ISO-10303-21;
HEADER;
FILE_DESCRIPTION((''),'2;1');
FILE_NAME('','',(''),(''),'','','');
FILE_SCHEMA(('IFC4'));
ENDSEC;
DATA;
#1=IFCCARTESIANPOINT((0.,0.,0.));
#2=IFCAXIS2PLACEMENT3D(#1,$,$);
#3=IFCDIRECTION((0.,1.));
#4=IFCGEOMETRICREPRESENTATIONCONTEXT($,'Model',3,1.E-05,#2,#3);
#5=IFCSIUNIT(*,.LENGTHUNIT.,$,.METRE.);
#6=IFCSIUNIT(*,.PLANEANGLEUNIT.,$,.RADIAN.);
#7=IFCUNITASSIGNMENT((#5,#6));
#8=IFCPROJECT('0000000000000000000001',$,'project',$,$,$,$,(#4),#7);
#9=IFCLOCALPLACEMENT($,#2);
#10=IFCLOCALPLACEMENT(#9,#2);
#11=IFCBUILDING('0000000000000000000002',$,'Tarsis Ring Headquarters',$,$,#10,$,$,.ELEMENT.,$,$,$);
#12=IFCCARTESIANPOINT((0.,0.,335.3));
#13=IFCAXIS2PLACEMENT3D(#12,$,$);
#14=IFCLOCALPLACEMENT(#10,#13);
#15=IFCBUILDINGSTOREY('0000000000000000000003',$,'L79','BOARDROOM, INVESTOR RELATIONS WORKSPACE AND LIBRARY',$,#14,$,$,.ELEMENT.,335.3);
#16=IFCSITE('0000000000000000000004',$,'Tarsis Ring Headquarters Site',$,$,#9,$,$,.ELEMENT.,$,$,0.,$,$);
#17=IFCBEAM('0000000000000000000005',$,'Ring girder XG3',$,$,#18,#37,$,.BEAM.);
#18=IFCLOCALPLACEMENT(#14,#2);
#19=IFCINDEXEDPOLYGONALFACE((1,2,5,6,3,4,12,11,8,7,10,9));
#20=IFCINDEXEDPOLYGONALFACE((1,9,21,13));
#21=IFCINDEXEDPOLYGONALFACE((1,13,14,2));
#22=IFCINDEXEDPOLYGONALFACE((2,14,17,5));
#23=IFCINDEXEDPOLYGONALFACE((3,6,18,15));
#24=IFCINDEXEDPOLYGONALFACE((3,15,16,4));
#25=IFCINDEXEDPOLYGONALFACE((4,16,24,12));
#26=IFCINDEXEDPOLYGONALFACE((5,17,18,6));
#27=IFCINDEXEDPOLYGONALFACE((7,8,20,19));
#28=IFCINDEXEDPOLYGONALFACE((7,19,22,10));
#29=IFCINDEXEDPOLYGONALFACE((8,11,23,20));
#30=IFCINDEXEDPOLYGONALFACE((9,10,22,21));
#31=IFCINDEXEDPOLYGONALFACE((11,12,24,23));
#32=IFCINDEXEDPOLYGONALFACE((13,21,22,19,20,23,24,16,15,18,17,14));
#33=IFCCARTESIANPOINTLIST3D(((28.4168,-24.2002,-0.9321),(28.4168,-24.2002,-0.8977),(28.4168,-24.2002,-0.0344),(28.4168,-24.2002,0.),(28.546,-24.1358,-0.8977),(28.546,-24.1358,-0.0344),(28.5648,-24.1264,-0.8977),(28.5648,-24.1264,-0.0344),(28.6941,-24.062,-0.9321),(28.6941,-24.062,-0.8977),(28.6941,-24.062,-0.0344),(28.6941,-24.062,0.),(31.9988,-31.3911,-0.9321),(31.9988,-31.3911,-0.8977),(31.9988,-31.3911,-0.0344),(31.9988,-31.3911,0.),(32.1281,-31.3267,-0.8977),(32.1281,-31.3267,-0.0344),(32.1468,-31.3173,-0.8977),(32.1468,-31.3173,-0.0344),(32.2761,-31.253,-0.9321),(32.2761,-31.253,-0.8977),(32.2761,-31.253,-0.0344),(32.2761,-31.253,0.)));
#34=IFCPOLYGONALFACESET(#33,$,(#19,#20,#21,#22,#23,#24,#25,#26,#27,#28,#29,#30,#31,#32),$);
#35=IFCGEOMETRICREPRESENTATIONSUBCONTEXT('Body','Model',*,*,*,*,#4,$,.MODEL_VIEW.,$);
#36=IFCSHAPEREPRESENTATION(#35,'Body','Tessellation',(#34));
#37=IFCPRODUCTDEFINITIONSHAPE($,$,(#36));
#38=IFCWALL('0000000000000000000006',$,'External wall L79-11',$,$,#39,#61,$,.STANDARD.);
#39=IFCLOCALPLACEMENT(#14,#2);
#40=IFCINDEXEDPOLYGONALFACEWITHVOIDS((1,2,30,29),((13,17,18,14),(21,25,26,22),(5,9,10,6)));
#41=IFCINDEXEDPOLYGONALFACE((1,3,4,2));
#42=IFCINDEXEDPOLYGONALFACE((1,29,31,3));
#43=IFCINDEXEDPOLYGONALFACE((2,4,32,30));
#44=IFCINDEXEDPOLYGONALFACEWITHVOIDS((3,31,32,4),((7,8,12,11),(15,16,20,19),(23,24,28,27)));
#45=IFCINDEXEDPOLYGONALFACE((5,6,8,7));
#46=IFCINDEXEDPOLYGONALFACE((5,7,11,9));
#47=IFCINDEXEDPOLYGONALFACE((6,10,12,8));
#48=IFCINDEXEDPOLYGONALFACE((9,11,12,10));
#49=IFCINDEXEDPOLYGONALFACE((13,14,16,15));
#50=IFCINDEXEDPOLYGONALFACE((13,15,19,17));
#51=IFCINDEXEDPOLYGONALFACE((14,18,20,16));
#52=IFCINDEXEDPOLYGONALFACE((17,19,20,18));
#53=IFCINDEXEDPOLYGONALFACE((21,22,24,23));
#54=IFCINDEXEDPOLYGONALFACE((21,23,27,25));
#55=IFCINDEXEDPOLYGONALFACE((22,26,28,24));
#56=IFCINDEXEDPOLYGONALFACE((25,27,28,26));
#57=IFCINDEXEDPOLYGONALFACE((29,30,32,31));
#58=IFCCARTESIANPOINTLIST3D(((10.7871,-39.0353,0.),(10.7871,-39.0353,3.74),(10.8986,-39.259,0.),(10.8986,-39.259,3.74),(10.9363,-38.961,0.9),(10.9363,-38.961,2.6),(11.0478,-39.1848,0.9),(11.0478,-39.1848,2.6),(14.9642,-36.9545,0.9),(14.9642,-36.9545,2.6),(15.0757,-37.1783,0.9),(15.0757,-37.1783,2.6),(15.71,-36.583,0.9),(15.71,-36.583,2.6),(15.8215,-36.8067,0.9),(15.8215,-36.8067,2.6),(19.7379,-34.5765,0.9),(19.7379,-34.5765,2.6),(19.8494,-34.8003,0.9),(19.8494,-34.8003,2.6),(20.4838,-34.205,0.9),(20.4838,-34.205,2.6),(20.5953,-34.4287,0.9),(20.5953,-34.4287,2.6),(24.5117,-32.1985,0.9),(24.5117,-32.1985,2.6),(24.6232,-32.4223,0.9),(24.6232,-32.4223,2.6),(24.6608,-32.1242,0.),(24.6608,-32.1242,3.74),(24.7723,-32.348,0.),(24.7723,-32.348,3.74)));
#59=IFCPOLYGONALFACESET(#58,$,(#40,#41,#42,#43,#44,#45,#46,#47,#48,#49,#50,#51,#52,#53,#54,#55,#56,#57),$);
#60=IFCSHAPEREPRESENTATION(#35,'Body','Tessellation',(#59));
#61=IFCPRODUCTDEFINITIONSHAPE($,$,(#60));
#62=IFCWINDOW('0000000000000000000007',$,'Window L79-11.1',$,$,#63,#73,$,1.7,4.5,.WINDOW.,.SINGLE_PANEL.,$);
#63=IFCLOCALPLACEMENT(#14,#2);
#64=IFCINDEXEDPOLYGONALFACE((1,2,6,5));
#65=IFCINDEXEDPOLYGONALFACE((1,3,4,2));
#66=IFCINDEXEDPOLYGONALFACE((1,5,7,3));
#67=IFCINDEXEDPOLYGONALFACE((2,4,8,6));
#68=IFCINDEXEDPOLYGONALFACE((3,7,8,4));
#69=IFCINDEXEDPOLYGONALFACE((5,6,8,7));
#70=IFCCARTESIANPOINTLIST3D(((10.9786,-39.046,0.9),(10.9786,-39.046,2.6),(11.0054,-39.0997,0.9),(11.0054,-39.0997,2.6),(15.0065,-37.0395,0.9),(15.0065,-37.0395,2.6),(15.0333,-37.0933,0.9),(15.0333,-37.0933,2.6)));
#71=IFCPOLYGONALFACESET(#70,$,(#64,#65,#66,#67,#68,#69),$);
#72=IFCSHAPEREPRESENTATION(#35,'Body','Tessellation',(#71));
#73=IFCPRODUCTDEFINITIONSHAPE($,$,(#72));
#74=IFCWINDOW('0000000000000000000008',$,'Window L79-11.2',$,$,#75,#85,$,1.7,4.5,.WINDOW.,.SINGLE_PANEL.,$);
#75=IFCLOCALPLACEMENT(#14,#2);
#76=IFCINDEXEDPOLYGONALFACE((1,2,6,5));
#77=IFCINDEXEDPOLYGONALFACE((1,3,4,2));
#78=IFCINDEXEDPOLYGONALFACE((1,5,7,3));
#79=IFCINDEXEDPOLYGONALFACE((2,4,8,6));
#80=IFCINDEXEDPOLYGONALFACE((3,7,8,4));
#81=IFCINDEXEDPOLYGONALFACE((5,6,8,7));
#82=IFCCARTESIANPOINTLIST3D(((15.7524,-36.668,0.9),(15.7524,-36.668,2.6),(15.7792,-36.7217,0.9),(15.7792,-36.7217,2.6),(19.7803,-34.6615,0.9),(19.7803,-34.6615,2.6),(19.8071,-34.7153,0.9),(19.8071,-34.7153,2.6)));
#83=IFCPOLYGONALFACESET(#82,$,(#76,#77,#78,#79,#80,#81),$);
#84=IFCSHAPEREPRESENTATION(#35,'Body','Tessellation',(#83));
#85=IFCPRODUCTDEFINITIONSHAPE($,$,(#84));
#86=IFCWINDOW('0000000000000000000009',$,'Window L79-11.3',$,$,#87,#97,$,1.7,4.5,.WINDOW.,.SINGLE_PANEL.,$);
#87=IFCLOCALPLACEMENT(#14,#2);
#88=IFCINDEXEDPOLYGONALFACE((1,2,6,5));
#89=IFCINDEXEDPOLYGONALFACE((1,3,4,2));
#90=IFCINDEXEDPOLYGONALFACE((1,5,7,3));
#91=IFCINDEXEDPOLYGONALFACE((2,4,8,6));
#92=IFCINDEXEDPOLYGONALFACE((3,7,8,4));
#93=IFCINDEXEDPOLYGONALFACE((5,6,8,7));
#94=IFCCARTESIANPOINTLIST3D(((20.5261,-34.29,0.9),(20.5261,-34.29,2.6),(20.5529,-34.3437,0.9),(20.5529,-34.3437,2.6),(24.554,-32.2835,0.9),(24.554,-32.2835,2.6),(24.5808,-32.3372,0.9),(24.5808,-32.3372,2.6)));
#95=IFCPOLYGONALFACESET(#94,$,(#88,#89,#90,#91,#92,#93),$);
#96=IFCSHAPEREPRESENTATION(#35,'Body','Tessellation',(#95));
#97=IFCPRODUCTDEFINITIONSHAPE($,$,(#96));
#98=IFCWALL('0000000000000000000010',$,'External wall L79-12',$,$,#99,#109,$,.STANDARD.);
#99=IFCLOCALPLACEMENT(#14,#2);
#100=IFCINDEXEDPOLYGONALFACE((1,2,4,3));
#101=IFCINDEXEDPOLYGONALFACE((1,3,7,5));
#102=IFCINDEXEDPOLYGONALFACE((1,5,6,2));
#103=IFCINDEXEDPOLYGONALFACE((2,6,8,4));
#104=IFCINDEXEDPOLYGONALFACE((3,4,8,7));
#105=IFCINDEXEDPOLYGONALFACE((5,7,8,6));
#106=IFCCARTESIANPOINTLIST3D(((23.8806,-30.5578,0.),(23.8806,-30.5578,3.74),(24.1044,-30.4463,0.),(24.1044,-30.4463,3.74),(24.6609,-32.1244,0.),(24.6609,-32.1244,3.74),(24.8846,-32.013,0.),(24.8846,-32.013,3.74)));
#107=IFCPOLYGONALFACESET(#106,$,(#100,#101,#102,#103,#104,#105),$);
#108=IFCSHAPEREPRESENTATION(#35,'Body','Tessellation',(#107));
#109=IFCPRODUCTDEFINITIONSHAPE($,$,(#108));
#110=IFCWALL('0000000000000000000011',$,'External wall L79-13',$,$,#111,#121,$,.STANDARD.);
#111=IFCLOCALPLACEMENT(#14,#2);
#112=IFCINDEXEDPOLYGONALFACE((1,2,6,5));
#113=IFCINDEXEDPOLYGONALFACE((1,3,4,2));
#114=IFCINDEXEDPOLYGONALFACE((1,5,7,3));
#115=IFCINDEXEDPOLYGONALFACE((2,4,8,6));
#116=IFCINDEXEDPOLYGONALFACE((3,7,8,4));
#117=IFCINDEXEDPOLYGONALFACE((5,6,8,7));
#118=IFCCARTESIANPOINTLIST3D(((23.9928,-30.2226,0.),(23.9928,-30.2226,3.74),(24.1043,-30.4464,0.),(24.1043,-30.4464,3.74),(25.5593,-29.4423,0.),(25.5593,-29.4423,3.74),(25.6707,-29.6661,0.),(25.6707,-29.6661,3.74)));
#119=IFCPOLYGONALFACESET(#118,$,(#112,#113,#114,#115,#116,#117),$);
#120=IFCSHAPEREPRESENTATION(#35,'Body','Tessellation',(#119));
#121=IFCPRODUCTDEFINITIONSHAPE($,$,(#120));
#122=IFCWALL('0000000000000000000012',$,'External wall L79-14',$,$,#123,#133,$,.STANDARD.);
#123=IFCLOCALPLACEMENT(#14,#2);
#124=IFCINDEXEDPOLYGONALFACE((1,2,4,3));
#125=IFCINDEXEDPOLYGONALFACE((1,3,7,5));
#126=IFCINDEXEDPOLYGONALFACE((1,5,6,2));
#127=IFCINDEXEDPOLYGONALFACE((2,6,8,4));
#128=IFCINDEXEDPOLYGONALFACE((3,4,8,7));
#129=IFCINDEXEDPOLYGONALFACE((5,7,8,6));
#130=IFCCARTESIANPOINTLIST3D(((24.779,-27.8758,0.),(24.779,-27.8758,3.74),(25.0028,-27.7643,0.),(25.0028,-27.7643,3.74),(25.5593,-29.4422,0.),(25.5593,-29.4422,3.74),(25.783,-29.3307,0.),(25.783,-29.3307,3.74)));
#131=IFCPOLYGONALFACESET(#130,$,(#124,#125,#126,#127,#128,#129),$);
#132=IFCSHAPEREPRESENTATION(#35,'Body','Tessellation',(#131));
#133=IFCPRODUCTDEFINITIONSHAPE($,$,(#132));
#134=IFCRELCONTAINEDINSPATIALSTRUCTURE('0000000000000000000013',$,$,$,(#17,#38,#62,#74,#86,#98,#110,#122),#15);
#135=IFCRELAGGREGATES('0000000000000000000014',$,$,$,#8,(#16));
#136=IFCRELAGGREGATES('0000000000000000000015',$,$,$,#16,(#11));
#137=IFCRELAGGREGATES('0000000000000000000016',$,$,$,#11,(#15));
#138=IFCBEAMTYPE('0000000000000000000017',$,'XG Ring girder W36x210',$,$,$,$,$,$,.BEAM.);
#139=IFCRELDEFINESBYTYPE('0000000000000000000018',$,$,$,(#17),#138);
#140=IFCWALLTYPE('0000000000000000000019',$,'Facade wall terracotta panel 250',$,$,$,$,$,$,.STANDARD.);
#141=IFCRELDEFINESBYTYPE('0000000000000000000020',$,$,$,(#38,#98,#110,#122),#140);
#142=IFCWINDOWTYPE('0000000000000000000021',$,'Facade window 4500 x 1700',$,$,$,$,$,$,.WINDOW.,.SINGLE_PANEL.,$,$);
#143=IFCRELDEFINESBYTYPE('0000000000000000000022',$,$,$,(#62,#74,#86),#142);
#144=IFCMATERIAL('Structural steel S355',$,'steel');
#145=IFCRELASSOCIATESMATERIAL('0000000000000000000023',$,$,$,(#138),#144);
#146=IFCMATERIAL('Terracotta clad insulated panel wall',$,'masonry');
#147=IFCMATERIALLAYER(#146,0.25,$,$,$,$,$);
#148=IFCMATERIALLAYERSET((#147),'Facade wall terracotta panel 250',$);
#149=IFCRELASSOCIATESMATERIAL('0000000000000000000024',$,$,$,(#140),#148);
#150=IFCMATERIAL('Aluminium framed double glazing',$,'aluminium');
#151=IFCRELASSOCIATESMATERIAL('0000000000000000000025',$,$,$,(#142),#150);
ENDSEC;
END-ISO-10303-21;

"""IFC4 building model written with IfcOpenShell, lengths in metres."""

from ifc_helpers import new_model, si_unit, direction, frame, frame_2d, origin, origin_2d, place, context, subcontext, project, spatial, rectangle, i_section, extrude, material, layer, layer_set, material_profile, profile_set, type_object, element, fill, save


model = new_model("IFC4")

# Units and contexts
model_context = context("Model", 3, precision=1e-05, world=origin(), true_north=direction((0.0, 1.0)))
body_context = subcontext(model_context, "Body", "Model", "MODEL_VIEW")
ifc_project = project(units=[si_unit("LENGTHUNIT", "METRE"), si_unit("PLANEANGLEUNIT", "RADIAN")], contexts=[model_context])

# Site, building, storey
site_placement = place(None, origin())
site = spatial("IfcSite", under=ifc_project, at=site_placement, Name="Tarsis Ring Headquarters Site", CompositionType="ELEMENT", RefElevation=0.0)
building_placement = place(site_placement, origin())
building = spatial("IfcBuilding", under=site, at=building_placement, Name="Tarsis Ring Headquarters", CompositionType="ELEMENT")
storey_placement = place(building_placement, frame((0.0, 0.0, 335.3)))
storey = spatial("IfcBuildingStorey", under=building, at=storey_placement, Name="L79", Description="BOARDROOM, INVESTOR RELATIONS WORKSPACE AND LIBRARY", CompositionType="ELEMENT", Elevation=335.3)

# Shared definitions
ifc_material_1 = material(Name="Structural steel S355", Category="steel")

# Beam
ifc_material_profile_1 = material_profile(ifc_material_1, i_section(OverallWidth=0.3098, OverallDepth=0.9321, WebThickness=0.021, FlangeThickness=0.0344, at=origin_2d()), Name="W36x210")
ifc_profile_set_1 = profile_set([ifc_material_profile_1], Name="Structural steel S355")
beam_type = type_object("IfcBeamType", Name="XG Ring girder W36x210", PredefinedType="BEAM", material=ifc_profile_set_1)
beam_1_placement = place(storey_placement, frame((32.1375, -31.322, -0.4661), z_axis=(-0.445876, 0.895095, 0.0), x_axis=(-0.895095, -0.445876, 0.0)))
element("IfcBeam", 1, at=beam_1_placement, inside=storey, type_object=beam_type, Name="Ring girder XG3", PredefinedType="BEAM", context=body_context, shape_type="SweptSolid", body=[
    extrude(i_section(OverallWidth=0.3098, OverallDepth=0.9321, WebThickness=0.021, FlangeThickness=0.0344, at=origin_2d()), origin(), (0.0, 0.0, 1.0), 8.0337),
])

# Wall, openings, windows
ifc_material_2 = material(Name="Terracotta clad insulated panel wall", Category="masonry")
ifc_layer = layer(ifc_material_2, 0.25)
ifc_layer_set = layer_set([ifc_layer], Name="Facade wall terracotta panel 250")
wall_type = type_object("IfcWallType", Name="Facade wall terracotta panel 250", PredefinedType="STANDARD", material=ifc_layer_set)
wall_1_placement = place(storey_placement, frame((10.8428, -39.1472, 0.0), z_axis=(0.0, 0.0, 1.0), x_axis=(0.895091, 0.445884, 0.0)))
wall_1 = element("IfcWall", 2, at=wall_1_placement, inside=storey, type_object=wall_type, Name="External wall L79-11", PredefinedType="STANDARD", context=body_context, shape_type="SweptSolid", body=[
    extrude(rectangle(XDim=15.4998, YDim=0.25, at=frame_2d((7.75, 0.0))), origin(), (0.0, 0.0, 1.0), 3.74),
])
opening_1_placement = place(wall_1_placement, frame((0.1667, 0.0, 0.8999)))
opening_1 = element("IfcOpeningElement", 3, at=opening_1_placement, cuts=wall_1, PredefinedType="OPENING", context=body_context, shape_type="SweptSolid", body=[
    extrude(rectangle(XDim=4.5, YDim=1.7, at=frame_2d((2.25, 0.8501))), frame((0.0, 0.135, 0.0), z_axis=(0.0, -1.0, 0.0), x_axis=(1.0, 0.0, 0.0)), (0.0, 0.0, 1.0), 0.27),
])
opening_2_placement = place(wall_1_placement, frame((5.5, 0.0, 0.8999)))
opening_2 = element("IfcOpeningElement", 4, at=opening_2_placement, cuts=wall_1, PredefinedType="OPENING", context=body_context, shape_type="SweptSolid", body=[
    extrude(rectangle(XDim=4.5, YDim=1.7, at=frame_2d((2.25, 0.8501))), frame((0.0, 0.135, 0.0), z_axis=(0.0, -1.0, 0.0), x_axis=(1.0, 0.0, 0.0)), (0.0, 0.0, 1.0), 0.27),
])
opening_3_placement = place(wall_1_placement, frame((10.8333, 0.0, 0.8999)))
opening_3 = element("IfcOpeningElement", 5, at=opening_3_placement, cuts=wall_1, PredefinedType="OPENING", context=body_context, shape_type="SweptSolid", body=[
    extrude(rectangle(XDim=4.5, YDim=1.7, at=frame_2d((2.25, 0.8501))), frame((0.0, 0.135, 0.0), z_axis=(0.0, -1.0, 0.0), x_axis=(1.0, 0.0, 0.0)), (0.0, 0.0, 1.0), 0.27),
])
ifc_material_3 = material(Name="Aluminium framed double glazing", Category="aluminium")
window_type = type_object("IfcWindowType", Name="Facade window 4500 x 1700", PartitioningType="SINGLE_PANEL", PredefinedType="WINDOW", material=ifc_material_3)
window_1_placement = place(opening_1_placement, origin())
window_1 = element("IfcWindow", 6, at=window_1_placement, inside=storey, type_object=window_type, Name="Window L79-11.1", OverallHeight=1.7, OverallWidth=4.5, PartitioningType="SINGLE_PANEL", PredefinedType="WINDOW", context=body_context, shape_type="SweptSolid", body=[
    extrude(rectangle(XDim=4.5, YDim=1.7, at=frame_2d((2.25, 0.8501))), frame((0.0, 0.03, 0.0), z_axis=(0.0, -1.0, 0.0), x_axis=(1.0, 0.0, 0.0)), (0.0, 0.0, 1.0), 0.0601),
])
fill(opening_1, window_1)
window_2_placement = place(opening_2_placement, origin())
window_2 = element("IfcWindow", 7, at=window_2_placement, inside=storey, type_object=window_type, Name="Window L79-11.2", OverallHeight=1.7, OverallWidth=4.5, PartitioningType="SINGLE_PANEL", PredefinedType="WINDOW", context=body_context, shape_type="SweptSolid", body=[
    extrude(rectangle(XDim=4.5, YDim=1.7, at=frame_2d((2.25, 0.8501))), frame((0.0, 0.03, 0.0), z_axis=(0.0, -1.0, 0.0), x_axis=(1.0, 0.0, 0.0)), (0.0, 0.0, 1.0), 0.0601),
])
fill(opening_2, window_2)
window_3_placement = place(opening_3_placement, origin())
window_3 = element("IfcWindow", 8, at=window_3_placement, inside=storey, type_object=window_type, Name="Window L79-11.3", OverallHeight=1.7, OverallWidth=4.5, PartitioningType="SINGLE_PANEL", PredefinedType="WINDOW", context=body_context, shape_type="SweptSolid", body=[
    extrude(rectangle(XDim=4.5, YDim=1.7, at=frame_2d((2.25, 0.8501))), frame((0.0, 0.03, 0.0), z_axis=(0.0, -1.0, 0.0), x_axis=(1.0, 0.0, 0.0)), (0.0, 0.0, 1.0), 0.0601),
])
fill(opening_3, window_3)

# Walls
wall_2_placement = place(storey_placement, frame((24.7727, -32.0686, 0.0), z_axis=(0.0, 0.0, 1.0), x_axis=(-0.445818, 0.895124, 0.0)))
element("IfcWall", 9, at=wall_2_placement, inside=storey, type_object=wall_type, Name="External wall L79-12", PredefinedType="STANDARD", context=body_context, shape_type="SweptSolid", body=[
    extrude(rectangle(XDim=1.7502, YDim=0.25, at=frame_2d((0.875, 0.0))), origin(), (0.0, 0.0, 1.0), 3.74),
])
for number, where, z_axis, x_axis, name in (
    (10, (24.0486, -30.3345, 0.0), (0.0, 0.0, 1.0), (0.895096, 0.445874, 0.0), "External wall L79-13"),
    (11, (25.6711, -29.3865, 0.0), (0.0, 0.0, 1.0), (-0.445874, 0.895096, 0.0), "External wall L79-14"),
):
    element("IfcWall", number, at=place(storey_placement, frame(where, z_axis=z_axis, x_axis=x_axis)), inside=storey, type_object=wall_type, Name=name, PredefinedType="STANDARD", context=body_context, shape_type="SweptSolid", body=[
        extrude(rectangle(XDim=1.75, YDim=0.25, at=frame_2d((0.875, 0.0))), origin(), (0.0, 0.0, 1.0), 3.74),
    ])

save(model, "model.ifc")
